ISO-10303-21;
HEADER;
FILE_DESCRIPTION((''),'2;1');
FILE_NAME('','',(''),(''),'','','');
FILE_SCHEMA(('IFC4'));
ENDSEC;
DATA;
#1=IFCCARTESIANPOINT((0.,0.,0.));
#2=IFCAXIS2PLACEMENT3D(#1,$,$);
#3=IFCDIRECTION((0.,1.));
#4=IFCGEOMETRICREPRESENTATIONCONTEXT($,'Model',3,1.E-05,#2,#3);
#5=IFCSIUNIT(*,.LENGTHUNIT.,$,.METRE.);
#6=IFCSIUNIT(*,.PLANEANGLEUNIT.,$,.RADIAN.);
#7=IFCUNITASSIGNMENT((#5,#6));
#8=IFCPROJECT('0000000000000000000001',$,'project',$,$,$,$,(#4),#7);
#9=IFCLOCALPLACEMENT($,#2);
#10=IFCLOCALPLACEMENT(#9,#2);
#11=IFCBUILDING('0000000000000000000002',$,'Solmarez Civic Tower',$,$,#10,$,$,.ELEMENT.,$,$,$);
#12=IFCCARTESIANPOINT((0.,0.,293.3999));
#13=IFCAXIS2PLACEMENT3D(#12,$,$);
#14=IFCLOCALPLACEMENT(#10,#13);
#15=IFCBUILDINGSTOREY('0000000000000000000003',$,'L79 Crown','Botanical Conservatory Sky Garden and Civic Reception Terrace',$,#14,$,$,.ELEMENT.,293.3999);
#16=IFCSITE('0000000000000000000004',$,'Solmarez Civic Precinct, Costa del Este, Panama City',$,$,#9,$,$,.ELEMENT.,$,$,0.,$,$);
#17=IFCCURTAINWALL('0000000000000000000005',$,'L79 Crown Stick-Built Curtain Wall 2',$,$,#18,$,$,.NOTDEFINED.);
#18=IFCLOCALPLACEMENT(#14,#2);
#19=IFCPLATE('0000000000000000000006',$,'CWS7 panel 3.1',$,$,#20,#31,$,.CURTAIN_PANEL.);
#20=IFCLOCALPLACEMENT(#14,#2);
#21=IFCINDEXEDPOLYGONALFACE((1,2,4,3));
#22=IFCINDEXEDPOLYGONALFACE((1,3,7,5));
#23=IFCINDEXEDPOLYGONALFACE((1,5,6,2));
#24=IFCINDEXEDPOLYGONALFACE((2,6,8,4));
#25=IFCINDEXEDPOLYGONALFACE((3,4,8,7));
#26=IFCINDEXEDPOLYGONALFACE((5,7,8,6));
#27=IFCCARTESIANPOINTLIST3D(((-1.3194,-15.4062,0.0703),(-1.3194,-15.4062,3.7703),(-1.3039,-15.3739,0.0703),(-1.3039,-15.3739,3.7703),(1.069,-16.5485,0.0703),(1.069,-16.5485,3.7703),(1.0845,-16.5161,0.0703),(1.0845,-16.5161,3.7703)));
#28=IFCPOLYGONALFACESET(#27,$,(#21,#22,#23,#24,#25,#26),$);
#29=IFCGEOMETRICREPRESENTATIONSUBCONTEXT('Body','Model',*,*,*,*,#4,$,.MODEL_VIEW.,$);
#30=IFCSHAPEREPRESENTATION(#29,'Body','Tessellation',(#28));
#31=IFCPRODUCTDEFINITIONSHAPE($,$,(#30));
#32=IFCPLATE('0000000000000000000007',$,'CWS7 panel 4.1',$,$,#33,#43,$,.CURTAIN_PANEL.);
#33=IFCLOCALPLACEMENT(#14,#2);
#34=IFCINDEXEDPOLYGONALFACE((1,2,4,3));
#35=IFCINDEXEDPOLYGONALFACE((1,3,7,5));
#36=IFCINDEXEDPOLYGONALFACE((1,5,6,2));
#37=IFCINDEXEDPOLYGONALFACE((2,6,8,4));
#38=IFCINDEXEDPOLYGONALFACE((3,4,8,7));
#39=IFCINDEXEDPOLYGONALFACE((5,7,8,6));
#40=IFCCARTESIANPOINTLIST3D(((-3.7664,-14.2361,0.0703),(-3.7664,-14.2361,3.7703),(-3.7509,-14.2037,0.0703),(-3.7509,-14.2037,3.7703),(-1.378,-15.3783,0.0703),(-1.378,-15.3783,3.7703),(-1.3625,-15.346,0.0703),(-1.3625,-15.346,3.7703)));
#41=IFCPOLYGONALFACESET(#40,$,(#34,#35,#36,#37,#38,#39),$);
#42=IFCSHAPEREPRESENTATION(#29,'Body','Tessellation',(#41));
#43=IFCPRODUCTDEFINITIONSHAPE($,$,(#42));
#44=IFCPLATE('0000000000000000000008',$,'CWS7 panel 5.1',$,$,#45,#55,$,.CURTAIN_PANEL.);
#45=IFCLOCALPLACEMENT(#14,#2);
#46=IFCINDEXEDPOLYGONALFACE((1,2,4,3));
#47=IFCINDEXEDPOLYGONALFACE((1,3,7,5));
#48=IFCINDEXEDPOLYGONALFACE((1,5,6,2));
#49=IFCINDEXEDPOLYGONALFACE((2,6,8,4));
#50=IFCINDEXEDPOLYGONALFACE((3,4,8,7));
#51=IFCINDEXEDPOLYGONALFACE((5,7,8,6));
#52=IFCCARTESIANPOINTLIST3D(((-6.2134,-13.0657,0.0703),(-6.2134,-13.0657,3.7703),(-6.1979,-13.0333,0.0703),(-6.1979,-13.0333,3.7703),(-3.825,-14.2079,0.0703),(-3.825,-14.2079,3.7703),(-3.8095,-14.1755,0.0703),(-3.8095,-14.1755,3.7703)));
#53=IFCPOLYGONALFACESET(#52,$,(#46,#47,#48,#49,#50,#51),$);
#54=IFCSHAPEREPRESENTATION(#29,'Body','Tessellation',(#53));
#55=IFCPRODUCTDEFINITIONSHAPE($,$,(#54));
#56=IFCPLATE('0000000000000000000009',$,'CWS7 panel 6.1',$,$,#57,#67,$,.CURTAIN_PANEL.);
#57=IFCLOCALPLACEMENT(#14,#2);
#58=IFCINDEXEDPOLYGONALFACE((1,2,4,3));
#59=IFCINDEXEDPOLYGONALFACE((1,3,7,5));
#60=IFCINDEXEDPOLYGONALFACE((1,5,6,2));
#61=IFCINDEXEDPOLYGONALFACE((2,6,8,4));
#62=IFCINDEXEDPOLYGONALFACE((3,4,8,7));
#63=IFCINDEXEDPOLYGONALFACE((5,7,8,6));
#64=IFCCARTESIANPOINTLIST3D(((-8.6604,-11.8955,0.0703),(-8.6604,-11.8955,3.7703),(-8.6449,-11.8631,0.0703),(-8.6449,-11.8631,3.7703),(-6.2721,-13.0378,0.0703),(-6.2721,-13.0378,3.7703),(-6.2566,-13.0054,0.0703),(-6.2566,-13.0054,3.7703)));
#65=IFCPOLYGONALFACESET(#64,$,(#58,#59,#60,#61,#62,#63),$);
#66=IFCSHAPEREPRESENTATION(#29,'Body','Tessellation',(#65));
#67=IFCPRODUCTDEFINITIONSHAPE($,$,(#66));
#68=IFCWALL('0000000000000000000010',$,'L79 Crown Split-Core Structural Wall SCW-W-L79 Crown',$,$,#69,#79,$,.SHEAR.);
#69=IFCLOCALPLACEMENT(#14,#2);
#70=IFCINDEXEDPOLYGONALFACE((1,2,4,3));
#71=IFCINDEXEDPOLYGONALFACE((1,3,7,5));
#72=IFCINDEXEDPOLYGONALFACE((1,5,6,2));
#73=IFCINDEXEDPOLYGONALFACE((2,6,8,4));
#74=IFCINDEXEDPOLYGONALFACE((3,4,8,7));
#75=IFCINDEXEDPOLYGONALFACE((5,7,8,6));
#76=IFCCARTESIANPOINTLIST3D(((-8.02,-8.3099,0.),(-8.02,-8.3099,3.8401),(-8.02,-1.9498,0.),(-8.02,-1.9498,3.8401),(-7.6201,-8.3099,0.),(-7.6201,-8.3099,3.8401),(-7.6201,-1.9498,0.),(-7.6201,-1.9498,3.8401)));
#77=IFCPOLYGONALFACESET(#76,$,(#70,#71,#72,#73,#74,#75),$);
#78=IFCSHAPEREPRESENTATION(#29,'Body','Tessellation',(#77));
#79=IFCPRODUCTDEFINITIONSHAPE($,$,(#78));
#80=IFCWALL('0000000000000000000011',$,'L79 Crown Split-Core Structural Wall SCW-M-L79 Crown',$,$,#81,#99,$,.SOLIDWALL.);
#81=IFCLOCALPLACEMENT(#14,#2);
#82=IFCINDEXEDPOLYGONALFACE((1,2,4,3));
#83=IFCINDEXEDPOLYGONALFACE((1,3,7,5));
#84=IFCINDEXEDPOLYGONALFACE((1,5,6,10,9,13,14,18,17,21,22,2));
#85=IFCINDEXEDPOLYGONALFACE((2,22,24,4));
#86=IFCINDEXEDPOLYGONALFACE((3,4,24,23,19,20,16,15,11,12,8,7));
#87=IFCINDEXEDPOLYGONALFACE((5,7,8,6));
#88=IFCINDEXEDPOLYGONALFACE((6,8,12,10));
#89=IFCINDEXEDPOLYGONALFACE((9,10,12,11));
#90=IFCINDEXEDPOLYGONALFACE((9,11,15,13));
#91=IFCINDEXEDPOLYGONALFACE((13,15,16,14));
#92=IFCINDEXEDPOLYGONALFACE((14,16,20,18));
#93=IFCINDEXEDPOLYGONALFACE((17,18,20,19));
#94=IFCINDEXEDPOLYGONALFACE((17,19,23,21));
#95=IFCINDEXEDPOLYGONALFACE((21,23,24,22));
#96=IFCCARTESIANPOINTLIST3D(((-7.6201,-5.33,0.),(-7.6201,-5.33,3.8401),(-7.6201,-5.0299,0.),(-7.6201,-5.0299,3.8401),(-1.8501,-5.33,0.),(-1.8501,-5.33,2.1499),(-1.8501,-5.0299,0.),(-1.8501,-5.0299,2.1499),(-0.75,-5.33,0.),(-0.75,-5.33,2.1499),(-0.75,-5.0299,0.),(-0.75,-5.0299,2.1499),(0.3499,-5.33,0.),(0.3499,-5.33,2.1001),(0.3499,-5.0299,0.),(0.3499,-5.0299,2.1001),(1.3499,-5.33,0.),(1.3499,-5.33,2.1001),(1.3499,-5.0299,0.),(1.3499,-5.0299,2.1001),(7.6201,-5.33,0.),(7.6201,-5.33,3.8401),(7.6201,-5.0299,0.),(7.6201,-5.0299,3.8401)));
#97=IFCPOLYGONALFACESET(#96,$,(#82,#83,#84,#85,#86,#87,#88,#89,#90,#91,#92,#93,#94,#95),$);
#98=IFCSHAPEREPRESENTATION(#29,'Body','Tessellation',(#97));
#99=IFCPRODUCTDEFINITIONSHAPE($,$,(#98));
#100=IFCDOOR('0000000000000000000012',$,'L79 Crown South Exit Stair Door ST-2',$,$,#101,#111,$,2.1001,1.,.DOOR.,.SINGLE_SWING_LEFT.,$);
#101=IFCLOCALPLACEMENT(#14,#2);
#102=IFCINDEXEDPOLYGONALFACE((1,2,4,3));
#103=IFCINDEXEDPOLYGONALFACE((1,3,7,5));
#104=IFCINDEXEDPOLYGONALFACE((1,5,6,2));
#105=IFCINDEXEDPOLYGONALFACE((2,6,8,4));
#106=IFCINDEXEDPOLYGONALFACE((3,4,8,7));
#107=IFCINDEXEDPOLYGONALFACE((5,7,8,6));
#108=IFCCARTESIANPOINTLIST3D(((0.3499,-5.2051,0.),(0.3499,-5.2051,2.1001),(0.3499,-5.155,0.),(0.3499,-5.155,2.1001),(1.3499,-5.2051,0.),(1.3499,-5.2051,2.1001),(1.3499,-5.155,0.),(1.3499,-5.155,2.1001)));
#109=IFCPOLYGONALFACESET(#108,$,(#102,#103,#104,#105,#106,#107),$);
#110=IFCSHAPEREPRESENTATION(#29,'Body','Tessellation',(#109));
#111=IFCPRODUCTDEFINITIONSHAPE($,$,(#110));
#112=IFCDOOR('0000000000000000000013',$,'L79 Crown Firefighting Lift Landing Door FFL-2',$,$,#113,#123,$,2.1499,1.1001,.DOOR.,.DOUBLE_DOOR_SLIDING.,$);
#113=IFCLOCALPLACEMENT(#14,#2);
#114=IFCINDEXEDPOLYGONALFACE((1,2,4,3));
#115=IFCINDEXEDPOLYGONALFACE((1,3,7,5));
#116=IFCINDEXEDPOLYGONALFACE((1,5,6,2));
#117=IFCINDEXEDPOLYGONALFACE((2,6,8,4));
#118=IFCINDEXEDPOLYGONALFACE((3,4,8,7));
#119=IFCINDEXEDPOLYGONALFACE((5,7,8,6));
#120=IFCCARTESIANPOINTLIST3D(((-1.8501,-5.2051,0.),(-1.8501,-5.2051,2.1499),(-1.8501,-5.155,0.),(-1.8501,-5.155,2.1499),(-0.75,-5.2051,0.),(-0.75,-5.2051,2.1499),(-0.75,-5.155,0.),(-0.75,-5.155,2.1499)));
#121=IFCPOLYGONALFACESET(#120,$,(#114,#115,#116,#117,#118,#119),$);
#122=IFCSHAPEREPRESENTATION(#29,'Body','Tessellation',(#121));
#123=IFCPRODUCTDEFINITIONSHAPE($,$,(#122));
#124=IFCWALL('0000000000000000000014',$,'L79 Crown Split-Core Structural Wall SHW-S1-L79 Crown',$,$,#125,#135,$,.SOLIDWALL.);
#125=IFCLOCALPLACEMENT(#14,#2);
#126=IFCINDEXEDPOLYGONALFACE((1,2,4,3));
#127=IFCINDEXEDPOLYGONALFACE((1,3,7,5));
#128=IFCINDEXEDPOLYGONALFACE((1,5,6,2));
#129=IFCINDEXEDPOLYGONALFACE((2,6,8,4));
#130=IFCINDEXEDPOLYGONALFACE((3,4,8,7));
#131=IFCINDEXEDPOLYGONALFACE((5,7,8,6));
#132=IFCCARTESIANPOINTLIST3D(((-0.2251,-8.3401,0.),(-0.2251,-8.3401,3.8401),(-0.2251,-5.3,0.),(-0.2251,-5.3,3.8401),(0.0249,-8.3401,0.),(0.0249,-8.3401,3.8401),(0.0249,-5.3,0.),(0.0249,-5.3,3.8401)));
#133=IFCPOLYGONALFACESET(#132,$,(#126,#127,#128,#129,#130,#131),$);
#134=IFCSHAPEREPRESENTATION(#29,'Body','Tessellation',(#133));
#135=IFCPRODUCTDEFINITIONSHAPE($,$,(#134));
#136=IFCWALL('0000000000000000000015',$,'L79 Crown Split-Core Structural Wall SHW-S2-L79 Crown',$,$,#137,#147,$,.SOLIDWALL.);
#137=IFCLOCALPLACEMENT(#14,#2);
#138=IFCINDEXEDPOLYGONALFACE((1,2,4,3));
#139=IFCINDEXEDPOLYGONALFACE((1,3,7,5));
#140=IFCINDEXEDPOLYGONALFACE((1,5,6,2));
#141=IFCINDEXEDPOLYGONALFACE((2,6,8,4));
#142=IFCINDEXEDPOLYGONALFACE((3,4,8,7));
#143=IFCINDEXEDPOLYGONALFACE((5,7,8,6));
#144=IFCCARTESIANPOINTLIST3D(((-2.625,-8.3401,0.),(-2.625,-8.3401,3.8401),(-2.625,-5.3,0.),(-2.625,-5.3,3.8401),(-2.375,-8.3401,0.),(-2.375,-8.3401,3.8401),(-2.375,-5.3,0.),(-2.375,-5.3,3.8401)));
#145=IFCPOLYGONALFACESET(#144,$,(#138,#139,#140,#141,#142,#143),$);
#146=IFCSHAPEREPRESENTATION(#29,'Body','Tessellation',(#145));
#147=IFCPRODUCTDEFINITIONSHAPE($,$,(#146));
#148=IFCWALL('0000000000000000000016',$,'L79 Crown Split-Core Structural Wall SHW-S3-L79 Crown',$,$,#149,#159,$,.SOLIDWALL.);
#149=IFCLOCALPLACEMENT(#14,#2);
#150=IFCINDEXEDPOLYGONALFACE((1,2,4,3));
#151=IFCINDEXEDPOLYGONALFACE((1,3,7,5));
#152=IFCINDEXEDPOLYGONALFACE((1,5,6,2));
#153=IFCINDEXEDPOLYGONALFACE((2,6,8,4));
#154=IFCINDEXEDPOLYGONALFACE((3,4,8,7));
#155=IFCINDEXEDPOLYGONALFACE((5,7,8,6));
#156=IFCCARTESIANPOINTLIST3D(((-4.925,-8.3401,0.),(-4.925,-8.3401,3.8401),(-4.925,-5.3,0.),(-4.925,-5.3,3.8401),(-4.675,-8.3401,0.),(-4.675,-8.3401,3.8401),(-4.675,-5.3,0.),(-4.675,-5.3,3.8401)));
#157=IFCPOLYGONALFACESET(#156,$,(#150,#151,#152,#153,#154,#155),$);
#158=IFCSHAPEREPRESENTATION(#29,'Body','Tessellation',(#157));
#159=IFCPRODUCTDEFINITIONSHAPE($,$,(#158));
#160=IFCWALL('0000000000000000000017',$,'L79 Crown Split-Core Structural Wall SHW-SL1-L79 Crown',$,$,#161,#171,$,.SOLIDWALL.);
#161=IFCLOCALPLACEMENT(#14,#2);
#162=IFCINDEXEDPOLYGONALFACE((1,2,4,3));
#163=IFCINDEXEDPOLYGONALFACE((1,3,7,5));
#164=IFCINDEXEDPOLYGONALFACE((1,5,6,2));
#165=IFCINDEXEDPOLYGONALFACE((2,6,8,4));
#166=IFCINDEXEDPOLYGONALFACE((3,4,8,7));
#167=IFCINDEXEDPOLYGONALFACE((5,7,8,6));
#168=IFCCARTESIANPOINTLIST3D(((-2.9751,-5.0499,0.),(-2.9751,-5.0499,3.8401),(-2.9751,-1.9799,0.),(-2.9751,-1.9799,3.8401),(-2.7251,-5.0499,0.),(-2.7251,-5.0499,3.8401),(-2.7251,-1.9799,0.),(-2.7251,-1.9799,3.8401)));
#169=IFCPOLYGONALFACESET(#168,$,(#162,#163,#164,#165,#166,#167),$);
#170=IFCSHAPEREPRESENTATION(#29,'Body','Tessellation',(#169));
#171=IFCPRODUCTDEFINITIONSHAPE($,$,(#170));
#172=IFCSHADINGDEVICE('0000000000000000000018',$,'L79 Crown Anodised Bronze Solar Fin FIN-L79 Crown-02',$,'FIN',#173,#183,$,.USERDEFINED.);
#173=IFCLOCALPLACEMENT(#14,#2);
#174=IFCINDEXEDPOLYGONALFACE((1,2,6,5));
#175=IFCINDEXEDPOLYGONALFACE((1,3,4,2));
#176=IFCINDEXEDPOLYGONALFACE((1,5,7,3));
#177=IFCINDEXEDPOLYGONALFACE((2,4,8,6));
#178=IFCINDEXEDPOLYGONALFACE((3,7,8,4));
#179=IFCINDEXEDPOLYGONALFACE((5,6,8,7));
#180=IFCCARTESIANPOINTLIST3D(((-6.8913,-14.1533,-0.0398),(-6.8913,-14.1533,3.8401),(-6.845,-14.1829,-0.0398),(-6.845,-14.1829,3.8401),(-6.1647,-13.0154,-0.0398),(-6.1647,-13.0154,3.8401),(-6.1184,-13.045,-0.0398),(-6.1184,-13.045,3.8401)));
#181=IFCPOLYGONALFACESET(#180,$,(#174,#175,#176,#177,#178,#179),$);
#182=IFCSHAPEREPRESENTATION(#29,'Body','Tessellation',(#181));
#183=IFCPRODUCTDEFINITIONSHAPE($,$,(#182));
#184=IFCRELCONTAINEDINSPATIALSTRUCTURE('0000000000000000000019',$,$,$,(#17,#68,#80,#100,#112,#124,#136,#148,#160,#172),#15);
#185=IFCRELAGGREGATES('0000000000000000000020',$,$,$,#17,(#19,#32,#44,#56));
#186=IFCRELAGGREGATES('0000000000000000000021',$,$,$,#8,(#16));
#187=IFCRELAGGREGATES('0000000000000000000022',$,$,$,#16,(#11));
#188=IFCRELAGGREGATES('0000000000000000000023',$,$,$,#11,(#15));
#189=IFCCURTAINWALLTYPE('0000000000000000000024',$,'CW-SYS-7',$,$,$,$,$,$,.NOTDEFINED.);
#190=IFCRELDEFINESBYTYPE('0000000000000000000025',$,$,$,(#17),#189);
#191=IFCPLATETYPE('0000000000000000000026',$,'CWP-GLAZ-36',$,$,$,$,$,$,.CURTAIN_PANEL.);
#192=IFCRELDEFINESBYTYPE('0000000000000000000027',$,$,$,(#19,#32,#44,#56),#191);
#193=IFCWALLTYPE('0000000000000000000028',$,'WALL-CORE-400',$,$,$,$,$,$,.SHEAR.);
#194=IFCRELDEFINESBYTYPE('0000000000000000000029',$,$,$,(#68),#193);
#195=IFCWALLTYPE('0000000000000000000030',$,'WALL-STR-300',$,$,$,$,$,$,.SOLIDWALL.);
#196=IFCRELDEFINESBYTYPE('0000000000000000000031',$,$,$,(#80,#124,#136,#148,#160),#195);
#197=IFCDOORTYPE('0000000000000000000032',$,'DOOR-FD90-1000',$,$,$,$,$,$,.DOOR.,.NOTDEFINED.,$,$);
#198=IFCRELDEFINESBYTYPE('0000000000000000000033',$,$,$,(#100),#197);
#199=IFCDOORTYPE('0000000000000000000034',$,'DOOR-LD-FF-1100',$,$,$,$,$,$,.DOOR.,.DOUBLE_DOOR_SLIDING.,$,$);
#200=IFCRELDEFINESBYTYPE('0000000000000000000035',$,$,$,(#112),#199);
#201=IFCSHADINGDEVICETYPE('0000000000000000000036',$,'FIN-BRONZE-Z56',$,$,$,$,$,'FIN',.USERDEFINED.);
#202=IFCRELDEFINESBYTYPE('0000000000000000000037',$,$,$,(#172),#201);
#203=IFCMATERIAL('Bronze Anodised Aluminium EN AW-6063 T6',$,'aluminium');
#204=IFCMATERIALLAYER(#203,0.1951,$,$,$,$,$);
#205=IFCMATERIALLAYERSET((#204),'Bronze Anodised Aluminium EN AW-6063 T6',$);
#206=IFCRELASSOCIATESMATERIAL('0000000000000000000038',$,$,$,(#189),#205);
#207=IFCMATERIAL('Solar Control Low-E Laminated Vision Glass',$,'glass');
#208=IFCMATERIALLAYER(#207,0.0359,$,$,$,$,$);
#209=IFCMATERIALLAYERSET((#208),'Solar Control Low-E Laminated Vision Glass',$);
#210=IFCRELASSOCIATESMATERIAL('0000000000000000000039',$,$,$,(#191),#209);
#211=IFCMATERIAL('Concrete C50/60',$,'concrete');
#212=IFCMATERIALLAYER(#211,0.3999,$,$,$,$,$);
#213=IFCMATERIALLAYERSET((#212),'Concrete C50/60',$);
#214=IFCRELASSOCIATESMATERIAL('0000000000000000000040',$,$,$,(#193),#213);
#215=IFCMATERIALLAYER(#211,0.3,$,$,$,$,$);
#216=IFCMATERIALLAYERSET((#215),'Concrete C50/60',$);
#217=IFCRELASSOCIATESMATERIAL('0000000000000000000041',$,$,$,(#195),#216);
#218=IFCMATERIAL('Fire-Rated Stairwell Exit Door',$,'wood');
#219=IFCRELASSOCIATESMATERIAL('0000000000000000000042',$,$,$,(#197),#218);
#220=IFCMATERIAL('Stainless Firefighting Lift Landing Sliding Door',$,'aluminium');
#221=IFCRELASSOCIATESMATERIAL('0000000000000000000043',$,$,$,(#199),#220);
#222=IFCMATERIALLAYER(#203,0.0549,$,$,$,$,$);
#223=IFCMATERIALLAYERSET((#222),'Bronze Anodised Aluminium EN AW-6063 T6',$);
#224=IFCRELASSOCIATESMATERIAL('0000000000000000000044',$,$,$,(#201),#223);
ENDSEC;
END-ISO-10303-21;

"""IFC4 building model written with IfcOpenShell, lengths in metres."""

from ifc_helpers import new_model, si_unit, direction, frame, frame_2d, origin, origin_2d, place, context, subcontext, project, spatial, rectangle, extrude, material, layer, layer_set, type_object, element, fill, aggregate, save


model = new_model("IFC4")

# Units and contexts
model_context = context("Model", 3, precision=1e-05, world=origin(), true_north=direction((0.0, 1.0)))
body_context = subcontext(model_context, "Body", "Model", "MODEL_VIEW")
ifc_project = project(units=[si_unit("LENGTHUNIT", "METRE"), si_unit("PLANEANGLEUNIT", "RADIAN")], contexts=[model_context])

# Site, building, storey
site_placement = place(None, origin())
site = spatial("IfcSite", under=ifc_project, at=site_placement, Name="Solmarez Civic Precinct, Costa del Este, Panama City", CompositionType="ELEMENT", RefElevation=0.0)
building_placement = place(site_placement, origin())
building = spatial("IfcBuilding", under=site, at=building_placement, Name="Solmarez Civic Tower", CompositionType="ELEMENT")
storey_placement = place(building_placement, frame((0.0, 0.0, 293.3999)))
storey = spatial("IfcBuildingStorey", under=building, at=storey_placement, Name="L79 Crown", Description="Botanical Conservatory Sky Garden and Civic Reception Terrace", CompositionType="ELEMENT", Elevation=293.3999)

# Curtain wall, plates
ifc_material_1 = material(Name="Bronze Anodised Aluminium EN AW-6063 T6", Category="aluminium")
ifc_layer_1 = layer(ifc_material_1, 0.1951)
ifc_layer_set_1 = layer_set([ifc_layer_1], Name="Bronze Anodised Aluminium EN AW-6063 T6")
curtain_wall_type = type_object("IfcCurtainWallType", Name="CW-SYS-7", PredefinedType="NOTDEFINED", material=ifc_layer_set_1)
curtain_wall_placement = place(storey_placement, origin())
curtain_wall = element("IfcCurtainWall", 1, at=curtain_wall_placement, inside=storey, type_object=curtain_wall_type, Name="L79 Crown Stick-Built Curtain Wall 2", PredefinedType="NOTDEFINED")
ifc_material_2 = material(Name="Solar Control Low-E Laminated Vision Glass", Category="glass")
ifc_layer_2 = layer(ifc_material_2, 0.0359)
ifc_layer_set_2 = layer_set([ifc_layer_2], Name="Solar Control Low-E Laminated Vision Glass")
plate_type = type_object("IfcPlateType", Name="CWP-GLAZ-36", PredefinedType="CURTAIN_PANEL", material=ifc_layer_set_2)
plate_1_placement = place(storey_placement, frame((-0.1174, -15.9612, 0.0703), z_axis=(0.0, 0.0, 1.0), x_axis=(-0.902135, 0.431454, 0.0)))
plate_1 = element("IfcPlate", 2, at=plate_1_placement, type_object=plate_type, Name="CWS7 panel 3.1", PredefinedType="CURTAIN_PANEL", context=body_context, shape_type="SweptSolid", body=[
    extrude(rectangle(XDim=2.6475, YDim=0.0359, at=origin_2d()), origin(), (0.0, 0.0, 1.0), 3.7),
])
plate_2_placement = place(storey_placement, frame((-2.5645, -14.791, 0.0703), z_axis=(0.0, 0.0, 1.0), x_axis=(-0.902135, 0.431454, 0.0)))
plate_2 = element("IfcPlate", 3, at=plate_2_placement, type_object=plate_type, Name="CWS7 panel 4.1", PredefinedType="CURTAIN_PANEL", context=body_context, shape_type="SweptSolid", body=[
    extrude(rectangle(XDim=2.6475, YDim=0.0359, at=origin_2d()), origin(), (0.0, 0.0, 1.0), 3.7),
])
plate_3_placement = place(storey_placement, frame((-5.0115, -13.6206, 0.0703), z_axis=(0.0, 0.0, 1.0), x_axis=(-0.902135, 0.431454, 0.0)))
plate_3 = element("IfcPlate", 4, at=plate_3_placement, type_object=plate_type, Name="CWS7 panel 5.1", PredefinedType="CURTAIN_PANEL", context=body_context, shape_type="SweptSolid", body=[
    extrude(rectangle(XDim=2.6475, YDim=0.0359, at=origin_2d()), origin(), (0.0, 0.0, 1.0), 3.7),
])
plate_4_placement = place(storey_placement, frame((-7.4585, -12.4504, 0.0703), z_axis=(0.0, 0.0, 1.0), x_axis=(-0.902135, 0.431454, 0.0)))
plate_4 = element("IfcPlate", 5, at=plate_4_placement, type_object=plate_type, Name="CWS7 panel 6.1", PredefinedType="CURTAIN_PANEL", context=body_context, shape_type="SweptSolid", body=[
    extrude(rectangle(XDim=2.6475, YDim=0.0359, at=origin_2d()), origin(), (0.0, 0.0, 1.0), 3.7),
])
aggregate(curtain_wall, [plate_1, plate_2, plate_3, plate_4])

# Wall
ifc_material_3 = material(Name="Concrete C50/60", Category="concrete")
ifc_layer_3 = layer(ifc_material_3, 0.3999)
ifc_layer_set_3 = layer_set([ifc_layer_3], Name="Concrete C50/60")
wall_type_1 = type_object("IfcWallType", Name="WALL-CORE-400", PredefinedType="SHEAR", material=ifc_layer_set_3)
wall_1_placement = place(storey_placement, frame((-7.8201, -8.3101, 0.0), z_axis=(0.0, 0.0, 1.0), x_axis=(0.0, 1.0, 0.0)))
element("IfcWall", 6, at=wall_1_placement, inside=storey, type_object=wall_type_1, Name="L79 Crown Split-Core Structural Wall SCW-W-L79 Crown", PredefinedType="SHEAR", context=body_context, shape_type="SweptSolid", body=[
    extrude(rectangle(XDim=6.3601, YDim=0.3999, at=frame_2d((3.1802, 0.0))), origin(), (0.0, 0.0, 1.0), 3.8401),
])

# Wall, openings, doors
ifc_layer_4 = layer(ifc_material_3, 0.3)
ifc_layer_set_4 = layer_set([ifc_layer_4], Name="Concrete C50/60")
wall_type_2 = type_object("IfcWallType", Name="WALL-STR-300", PredefinedType="SOLIDWALL", material=ifc_layer_set_4)
wall_2_placement = place(storey_placement, frame((-7.6201, -5.1799, 0.0), z_axis=(0.0, 0.0, 1.0), x_axis=(1.0, 0.0, 0.0)))
wall_2 = element("IfcWall", 7, at=wall_2_placement, inside=storey, type_object=wall_type_2, Name="L79 Crown Split-Core Structural Wall SCW-M-L79 Crown", PredefinedType="SOLIDWALL", context=body_context, shape_type="SweptSolid", body=[
    extrude(rectangle(XDim=15.2402, YDim=0.3, at=frame_2d((7.6201, 0.0))), origin(), (0.0, 0.0, 1.0), 3.8401),
])
opening_1_placement = place(wall_2_placement, frame((5.77, 0.0, 0.0)))
opening_1 = element("IfcOpeningElement", 8, at=opening_1_placement, cuts=wall_2, PredefinedType="OPENING", context=body_context, shape_type="SweptSolid", body=[
    extrude(rectangle(XDim=1.1001, YDim=2.1499, at=frame_2d((0.55, 1.075))), frame((0.0, 0.1599, 0.0), z_axis=(0.0, -1.0, 0.0), x_axis=(1.0, 0.0, 0.0)), (0.0, 0.0, 1.0), 0.3201),
])
opening_2_placement = place(wall_2_placement, frame((7.97, 0.0, 0.0)))
opening_2 = element("IfcOpeningElement", 9, at=opening_2_placement, cuts=wall_2, PredefinedType="OPENING", context=body_context, shape_type="SweptSolid", body=[
    extrude(rectangle(XDim=1.0, YDim=2.1001, at=frame_2d((0.5, 1.05))), frame((0.0, 0.1599, 0.0), z_axis=(0.0, -1.0, 0.0), x_axis=(1.0, 0.0, 0.0)), (0.0, 0.0, 1.0), 0.3201),
])
ifc_material_4 = material(Name="Fire-Rated Stairwell Exit Door", Category="wood")
door_type_1 = type_object("IfcDoorType", Name="DOOR-FD90-1000", OperationType="NOTDEFINED", PredefinedType="DOOR", material=ifc_material_4)
door_1_placement = place(opening_2_placement, origin())
door_1 = element("IfcDoor", 10, at=door_1_placement, inside=storey, type_object=door_type_1, Name="L79 Crown South Exit Stair Door ST-2", OperationType="SINGLE_SWING_LEFT", OverallHeight=2.1001, OverallWidth=1.0, PredefinedType="DOOR", context=body_context, shape_type="SweptSolid", body=[
    extrude(rectangle(XDim=1.0, YDim=2.1001, at=frame_2d((0.5, 1.05))), frame((0.0, 0.0249, 0.0), z_axis=(0.0, -1.0, 0.0), x_axis=(1.0, 0.0, 0.0)), (0.0, 0.0, 1.0), 0.05),
])
fill(opening_2, door_1)
ifc_material_5 = material(Name="Stainless Firefighting Lift Landing Sliding Door", Category="aluminium")
door_type_2 = type_object("IfcDoorType", Name="DOOR-LD-FF-1100", OperationType="DOUBLE_DOOR_SLIDING", PredefinedType="DOOR", material=ifc_material_5)
door_2_placement = place(opening_1_placement, origin())
door_2 = element("IfcDoor", 11, at=door_2_placement, inside=storey, type_object=door_type_2, Name="L79 Crown Firefighting Lift Landing Door FFL-2", OperationType="DOUBLE_DOOR_SLIDING", OverallHeight=2.1499, OverallWidth=1.1001, PredefinedType="DOOR", context=body_context, shape_type="SweptSolid", body=[
    extrude(rectangle(XDim=1.1001, YDim=2.1499, at=frame_2d((0.55, 1.075))), frame((0.0, 0.0249, 0.0), z_axis=(0.0, -1.0, 0.0), x_axis=(1.0, 0.0, 0.0)), (0.0, 0.0, 1.0), 0.05),
])
fill(opening_1, door_2)

# Walls
for number, where, z_axis, x_axis, name in (
    (12, (-0.1001, -8.3401, 0.0), (0.0, 0.0, 1.0), (0.0, 1.0, 0.0), "L79 Crown Split-Core Structural Wall SHW-S1-L79 Crown"),
    (13, (-2.5, -8.3401, 0.0), (0.0, 0.0, 1.0), (0.0, 1.0, 0.0), "L79 Crown Split-Core Structural Wall SHW-S2-L79 Crown"),
    (14, (-4.8, -8.3401, 0.0), (0.0, 0.0, 1.0), (0.0, 1.0, 0.0), "L79 Crown Split-Core Structural Wall SHW-S3-L79 Crown"),
):
    element("IfcWall", number, at=place(storey_placement, frame(where, z_axis=z_axis, x_axis=x_axis)), inside=storey, type_object=wall_type_2, Name=name, PredefinedType="SOLIDWALL", context=body_context, shape_type="SweptSolid", body=[
        extrude(rectangle(XDim=3.04, YDim=0.25, at=frame_2d((1.52, 0.0))), origin(), (0.0, 0.0, 1.0), 3.8401),
    ])
wall_3_placement = place(storey_placement, frame((-2.8501, -5.05, 0.0), z_axis=(0.0, 0.0, 1.0), x_axis=(0.0, 1.0, 0.0)))
element("IfcWall", 15, at=wall_3_placement, inside=storey, type_object=wall_type_2, Name="L79 Crown Split-Core Structural Wall SHW-SL1-L79 Crown", PredefinedType="SOLIDWALL", context=body_context, shape_type="SweptSolid", body=[
    extrude(rectangle(XDim=3.0701, YDim=0.25, at=frame_2d((1.5352, 0.0))), origin(), (0.0, 0.0, 1.0), 3.8401),
])

# Shading device
ifc_layer_5 = layer(ifc_material_1, 0.0549)
ifc_layer_set_5 = layer_set([ifc_layer_5], Name="Bronze Anodised Aluminium EN AW-6063 T6")
shading_device_type = type_object("IfcShadingDeviceType", Name="FIN-BRONZE-Z56", ElementType="FIN", PredefinedType="USERDEFINED", material=ifc_layer_set_5)
shading_device_placement = place(storey_placement, frame((-6.5049, -13.5991, -0.0398), z_axis=(0.0, 0.0, 1.0), x_axis=(-0.538183, -0.842828, 0.0)))
element("IfcShadingDevice", 16, at=shading_device_placement, inside=storey, type_object=shading_device_type, Name="L79 Crown Anodised Bronze Solar Fin FIN-L79 Crown-02", ObjectType="FIN", PredefinedType="USERDEFINED", context=body_context, shape_type="SweptSolid", body=[
    extrude(rectangle(XDim=1.3501, YDim=0.0549, at=origin_2d()), origin(), (0.0, 0.0, 1.0), 3.8799),
])

save(model, "model.ifc")
